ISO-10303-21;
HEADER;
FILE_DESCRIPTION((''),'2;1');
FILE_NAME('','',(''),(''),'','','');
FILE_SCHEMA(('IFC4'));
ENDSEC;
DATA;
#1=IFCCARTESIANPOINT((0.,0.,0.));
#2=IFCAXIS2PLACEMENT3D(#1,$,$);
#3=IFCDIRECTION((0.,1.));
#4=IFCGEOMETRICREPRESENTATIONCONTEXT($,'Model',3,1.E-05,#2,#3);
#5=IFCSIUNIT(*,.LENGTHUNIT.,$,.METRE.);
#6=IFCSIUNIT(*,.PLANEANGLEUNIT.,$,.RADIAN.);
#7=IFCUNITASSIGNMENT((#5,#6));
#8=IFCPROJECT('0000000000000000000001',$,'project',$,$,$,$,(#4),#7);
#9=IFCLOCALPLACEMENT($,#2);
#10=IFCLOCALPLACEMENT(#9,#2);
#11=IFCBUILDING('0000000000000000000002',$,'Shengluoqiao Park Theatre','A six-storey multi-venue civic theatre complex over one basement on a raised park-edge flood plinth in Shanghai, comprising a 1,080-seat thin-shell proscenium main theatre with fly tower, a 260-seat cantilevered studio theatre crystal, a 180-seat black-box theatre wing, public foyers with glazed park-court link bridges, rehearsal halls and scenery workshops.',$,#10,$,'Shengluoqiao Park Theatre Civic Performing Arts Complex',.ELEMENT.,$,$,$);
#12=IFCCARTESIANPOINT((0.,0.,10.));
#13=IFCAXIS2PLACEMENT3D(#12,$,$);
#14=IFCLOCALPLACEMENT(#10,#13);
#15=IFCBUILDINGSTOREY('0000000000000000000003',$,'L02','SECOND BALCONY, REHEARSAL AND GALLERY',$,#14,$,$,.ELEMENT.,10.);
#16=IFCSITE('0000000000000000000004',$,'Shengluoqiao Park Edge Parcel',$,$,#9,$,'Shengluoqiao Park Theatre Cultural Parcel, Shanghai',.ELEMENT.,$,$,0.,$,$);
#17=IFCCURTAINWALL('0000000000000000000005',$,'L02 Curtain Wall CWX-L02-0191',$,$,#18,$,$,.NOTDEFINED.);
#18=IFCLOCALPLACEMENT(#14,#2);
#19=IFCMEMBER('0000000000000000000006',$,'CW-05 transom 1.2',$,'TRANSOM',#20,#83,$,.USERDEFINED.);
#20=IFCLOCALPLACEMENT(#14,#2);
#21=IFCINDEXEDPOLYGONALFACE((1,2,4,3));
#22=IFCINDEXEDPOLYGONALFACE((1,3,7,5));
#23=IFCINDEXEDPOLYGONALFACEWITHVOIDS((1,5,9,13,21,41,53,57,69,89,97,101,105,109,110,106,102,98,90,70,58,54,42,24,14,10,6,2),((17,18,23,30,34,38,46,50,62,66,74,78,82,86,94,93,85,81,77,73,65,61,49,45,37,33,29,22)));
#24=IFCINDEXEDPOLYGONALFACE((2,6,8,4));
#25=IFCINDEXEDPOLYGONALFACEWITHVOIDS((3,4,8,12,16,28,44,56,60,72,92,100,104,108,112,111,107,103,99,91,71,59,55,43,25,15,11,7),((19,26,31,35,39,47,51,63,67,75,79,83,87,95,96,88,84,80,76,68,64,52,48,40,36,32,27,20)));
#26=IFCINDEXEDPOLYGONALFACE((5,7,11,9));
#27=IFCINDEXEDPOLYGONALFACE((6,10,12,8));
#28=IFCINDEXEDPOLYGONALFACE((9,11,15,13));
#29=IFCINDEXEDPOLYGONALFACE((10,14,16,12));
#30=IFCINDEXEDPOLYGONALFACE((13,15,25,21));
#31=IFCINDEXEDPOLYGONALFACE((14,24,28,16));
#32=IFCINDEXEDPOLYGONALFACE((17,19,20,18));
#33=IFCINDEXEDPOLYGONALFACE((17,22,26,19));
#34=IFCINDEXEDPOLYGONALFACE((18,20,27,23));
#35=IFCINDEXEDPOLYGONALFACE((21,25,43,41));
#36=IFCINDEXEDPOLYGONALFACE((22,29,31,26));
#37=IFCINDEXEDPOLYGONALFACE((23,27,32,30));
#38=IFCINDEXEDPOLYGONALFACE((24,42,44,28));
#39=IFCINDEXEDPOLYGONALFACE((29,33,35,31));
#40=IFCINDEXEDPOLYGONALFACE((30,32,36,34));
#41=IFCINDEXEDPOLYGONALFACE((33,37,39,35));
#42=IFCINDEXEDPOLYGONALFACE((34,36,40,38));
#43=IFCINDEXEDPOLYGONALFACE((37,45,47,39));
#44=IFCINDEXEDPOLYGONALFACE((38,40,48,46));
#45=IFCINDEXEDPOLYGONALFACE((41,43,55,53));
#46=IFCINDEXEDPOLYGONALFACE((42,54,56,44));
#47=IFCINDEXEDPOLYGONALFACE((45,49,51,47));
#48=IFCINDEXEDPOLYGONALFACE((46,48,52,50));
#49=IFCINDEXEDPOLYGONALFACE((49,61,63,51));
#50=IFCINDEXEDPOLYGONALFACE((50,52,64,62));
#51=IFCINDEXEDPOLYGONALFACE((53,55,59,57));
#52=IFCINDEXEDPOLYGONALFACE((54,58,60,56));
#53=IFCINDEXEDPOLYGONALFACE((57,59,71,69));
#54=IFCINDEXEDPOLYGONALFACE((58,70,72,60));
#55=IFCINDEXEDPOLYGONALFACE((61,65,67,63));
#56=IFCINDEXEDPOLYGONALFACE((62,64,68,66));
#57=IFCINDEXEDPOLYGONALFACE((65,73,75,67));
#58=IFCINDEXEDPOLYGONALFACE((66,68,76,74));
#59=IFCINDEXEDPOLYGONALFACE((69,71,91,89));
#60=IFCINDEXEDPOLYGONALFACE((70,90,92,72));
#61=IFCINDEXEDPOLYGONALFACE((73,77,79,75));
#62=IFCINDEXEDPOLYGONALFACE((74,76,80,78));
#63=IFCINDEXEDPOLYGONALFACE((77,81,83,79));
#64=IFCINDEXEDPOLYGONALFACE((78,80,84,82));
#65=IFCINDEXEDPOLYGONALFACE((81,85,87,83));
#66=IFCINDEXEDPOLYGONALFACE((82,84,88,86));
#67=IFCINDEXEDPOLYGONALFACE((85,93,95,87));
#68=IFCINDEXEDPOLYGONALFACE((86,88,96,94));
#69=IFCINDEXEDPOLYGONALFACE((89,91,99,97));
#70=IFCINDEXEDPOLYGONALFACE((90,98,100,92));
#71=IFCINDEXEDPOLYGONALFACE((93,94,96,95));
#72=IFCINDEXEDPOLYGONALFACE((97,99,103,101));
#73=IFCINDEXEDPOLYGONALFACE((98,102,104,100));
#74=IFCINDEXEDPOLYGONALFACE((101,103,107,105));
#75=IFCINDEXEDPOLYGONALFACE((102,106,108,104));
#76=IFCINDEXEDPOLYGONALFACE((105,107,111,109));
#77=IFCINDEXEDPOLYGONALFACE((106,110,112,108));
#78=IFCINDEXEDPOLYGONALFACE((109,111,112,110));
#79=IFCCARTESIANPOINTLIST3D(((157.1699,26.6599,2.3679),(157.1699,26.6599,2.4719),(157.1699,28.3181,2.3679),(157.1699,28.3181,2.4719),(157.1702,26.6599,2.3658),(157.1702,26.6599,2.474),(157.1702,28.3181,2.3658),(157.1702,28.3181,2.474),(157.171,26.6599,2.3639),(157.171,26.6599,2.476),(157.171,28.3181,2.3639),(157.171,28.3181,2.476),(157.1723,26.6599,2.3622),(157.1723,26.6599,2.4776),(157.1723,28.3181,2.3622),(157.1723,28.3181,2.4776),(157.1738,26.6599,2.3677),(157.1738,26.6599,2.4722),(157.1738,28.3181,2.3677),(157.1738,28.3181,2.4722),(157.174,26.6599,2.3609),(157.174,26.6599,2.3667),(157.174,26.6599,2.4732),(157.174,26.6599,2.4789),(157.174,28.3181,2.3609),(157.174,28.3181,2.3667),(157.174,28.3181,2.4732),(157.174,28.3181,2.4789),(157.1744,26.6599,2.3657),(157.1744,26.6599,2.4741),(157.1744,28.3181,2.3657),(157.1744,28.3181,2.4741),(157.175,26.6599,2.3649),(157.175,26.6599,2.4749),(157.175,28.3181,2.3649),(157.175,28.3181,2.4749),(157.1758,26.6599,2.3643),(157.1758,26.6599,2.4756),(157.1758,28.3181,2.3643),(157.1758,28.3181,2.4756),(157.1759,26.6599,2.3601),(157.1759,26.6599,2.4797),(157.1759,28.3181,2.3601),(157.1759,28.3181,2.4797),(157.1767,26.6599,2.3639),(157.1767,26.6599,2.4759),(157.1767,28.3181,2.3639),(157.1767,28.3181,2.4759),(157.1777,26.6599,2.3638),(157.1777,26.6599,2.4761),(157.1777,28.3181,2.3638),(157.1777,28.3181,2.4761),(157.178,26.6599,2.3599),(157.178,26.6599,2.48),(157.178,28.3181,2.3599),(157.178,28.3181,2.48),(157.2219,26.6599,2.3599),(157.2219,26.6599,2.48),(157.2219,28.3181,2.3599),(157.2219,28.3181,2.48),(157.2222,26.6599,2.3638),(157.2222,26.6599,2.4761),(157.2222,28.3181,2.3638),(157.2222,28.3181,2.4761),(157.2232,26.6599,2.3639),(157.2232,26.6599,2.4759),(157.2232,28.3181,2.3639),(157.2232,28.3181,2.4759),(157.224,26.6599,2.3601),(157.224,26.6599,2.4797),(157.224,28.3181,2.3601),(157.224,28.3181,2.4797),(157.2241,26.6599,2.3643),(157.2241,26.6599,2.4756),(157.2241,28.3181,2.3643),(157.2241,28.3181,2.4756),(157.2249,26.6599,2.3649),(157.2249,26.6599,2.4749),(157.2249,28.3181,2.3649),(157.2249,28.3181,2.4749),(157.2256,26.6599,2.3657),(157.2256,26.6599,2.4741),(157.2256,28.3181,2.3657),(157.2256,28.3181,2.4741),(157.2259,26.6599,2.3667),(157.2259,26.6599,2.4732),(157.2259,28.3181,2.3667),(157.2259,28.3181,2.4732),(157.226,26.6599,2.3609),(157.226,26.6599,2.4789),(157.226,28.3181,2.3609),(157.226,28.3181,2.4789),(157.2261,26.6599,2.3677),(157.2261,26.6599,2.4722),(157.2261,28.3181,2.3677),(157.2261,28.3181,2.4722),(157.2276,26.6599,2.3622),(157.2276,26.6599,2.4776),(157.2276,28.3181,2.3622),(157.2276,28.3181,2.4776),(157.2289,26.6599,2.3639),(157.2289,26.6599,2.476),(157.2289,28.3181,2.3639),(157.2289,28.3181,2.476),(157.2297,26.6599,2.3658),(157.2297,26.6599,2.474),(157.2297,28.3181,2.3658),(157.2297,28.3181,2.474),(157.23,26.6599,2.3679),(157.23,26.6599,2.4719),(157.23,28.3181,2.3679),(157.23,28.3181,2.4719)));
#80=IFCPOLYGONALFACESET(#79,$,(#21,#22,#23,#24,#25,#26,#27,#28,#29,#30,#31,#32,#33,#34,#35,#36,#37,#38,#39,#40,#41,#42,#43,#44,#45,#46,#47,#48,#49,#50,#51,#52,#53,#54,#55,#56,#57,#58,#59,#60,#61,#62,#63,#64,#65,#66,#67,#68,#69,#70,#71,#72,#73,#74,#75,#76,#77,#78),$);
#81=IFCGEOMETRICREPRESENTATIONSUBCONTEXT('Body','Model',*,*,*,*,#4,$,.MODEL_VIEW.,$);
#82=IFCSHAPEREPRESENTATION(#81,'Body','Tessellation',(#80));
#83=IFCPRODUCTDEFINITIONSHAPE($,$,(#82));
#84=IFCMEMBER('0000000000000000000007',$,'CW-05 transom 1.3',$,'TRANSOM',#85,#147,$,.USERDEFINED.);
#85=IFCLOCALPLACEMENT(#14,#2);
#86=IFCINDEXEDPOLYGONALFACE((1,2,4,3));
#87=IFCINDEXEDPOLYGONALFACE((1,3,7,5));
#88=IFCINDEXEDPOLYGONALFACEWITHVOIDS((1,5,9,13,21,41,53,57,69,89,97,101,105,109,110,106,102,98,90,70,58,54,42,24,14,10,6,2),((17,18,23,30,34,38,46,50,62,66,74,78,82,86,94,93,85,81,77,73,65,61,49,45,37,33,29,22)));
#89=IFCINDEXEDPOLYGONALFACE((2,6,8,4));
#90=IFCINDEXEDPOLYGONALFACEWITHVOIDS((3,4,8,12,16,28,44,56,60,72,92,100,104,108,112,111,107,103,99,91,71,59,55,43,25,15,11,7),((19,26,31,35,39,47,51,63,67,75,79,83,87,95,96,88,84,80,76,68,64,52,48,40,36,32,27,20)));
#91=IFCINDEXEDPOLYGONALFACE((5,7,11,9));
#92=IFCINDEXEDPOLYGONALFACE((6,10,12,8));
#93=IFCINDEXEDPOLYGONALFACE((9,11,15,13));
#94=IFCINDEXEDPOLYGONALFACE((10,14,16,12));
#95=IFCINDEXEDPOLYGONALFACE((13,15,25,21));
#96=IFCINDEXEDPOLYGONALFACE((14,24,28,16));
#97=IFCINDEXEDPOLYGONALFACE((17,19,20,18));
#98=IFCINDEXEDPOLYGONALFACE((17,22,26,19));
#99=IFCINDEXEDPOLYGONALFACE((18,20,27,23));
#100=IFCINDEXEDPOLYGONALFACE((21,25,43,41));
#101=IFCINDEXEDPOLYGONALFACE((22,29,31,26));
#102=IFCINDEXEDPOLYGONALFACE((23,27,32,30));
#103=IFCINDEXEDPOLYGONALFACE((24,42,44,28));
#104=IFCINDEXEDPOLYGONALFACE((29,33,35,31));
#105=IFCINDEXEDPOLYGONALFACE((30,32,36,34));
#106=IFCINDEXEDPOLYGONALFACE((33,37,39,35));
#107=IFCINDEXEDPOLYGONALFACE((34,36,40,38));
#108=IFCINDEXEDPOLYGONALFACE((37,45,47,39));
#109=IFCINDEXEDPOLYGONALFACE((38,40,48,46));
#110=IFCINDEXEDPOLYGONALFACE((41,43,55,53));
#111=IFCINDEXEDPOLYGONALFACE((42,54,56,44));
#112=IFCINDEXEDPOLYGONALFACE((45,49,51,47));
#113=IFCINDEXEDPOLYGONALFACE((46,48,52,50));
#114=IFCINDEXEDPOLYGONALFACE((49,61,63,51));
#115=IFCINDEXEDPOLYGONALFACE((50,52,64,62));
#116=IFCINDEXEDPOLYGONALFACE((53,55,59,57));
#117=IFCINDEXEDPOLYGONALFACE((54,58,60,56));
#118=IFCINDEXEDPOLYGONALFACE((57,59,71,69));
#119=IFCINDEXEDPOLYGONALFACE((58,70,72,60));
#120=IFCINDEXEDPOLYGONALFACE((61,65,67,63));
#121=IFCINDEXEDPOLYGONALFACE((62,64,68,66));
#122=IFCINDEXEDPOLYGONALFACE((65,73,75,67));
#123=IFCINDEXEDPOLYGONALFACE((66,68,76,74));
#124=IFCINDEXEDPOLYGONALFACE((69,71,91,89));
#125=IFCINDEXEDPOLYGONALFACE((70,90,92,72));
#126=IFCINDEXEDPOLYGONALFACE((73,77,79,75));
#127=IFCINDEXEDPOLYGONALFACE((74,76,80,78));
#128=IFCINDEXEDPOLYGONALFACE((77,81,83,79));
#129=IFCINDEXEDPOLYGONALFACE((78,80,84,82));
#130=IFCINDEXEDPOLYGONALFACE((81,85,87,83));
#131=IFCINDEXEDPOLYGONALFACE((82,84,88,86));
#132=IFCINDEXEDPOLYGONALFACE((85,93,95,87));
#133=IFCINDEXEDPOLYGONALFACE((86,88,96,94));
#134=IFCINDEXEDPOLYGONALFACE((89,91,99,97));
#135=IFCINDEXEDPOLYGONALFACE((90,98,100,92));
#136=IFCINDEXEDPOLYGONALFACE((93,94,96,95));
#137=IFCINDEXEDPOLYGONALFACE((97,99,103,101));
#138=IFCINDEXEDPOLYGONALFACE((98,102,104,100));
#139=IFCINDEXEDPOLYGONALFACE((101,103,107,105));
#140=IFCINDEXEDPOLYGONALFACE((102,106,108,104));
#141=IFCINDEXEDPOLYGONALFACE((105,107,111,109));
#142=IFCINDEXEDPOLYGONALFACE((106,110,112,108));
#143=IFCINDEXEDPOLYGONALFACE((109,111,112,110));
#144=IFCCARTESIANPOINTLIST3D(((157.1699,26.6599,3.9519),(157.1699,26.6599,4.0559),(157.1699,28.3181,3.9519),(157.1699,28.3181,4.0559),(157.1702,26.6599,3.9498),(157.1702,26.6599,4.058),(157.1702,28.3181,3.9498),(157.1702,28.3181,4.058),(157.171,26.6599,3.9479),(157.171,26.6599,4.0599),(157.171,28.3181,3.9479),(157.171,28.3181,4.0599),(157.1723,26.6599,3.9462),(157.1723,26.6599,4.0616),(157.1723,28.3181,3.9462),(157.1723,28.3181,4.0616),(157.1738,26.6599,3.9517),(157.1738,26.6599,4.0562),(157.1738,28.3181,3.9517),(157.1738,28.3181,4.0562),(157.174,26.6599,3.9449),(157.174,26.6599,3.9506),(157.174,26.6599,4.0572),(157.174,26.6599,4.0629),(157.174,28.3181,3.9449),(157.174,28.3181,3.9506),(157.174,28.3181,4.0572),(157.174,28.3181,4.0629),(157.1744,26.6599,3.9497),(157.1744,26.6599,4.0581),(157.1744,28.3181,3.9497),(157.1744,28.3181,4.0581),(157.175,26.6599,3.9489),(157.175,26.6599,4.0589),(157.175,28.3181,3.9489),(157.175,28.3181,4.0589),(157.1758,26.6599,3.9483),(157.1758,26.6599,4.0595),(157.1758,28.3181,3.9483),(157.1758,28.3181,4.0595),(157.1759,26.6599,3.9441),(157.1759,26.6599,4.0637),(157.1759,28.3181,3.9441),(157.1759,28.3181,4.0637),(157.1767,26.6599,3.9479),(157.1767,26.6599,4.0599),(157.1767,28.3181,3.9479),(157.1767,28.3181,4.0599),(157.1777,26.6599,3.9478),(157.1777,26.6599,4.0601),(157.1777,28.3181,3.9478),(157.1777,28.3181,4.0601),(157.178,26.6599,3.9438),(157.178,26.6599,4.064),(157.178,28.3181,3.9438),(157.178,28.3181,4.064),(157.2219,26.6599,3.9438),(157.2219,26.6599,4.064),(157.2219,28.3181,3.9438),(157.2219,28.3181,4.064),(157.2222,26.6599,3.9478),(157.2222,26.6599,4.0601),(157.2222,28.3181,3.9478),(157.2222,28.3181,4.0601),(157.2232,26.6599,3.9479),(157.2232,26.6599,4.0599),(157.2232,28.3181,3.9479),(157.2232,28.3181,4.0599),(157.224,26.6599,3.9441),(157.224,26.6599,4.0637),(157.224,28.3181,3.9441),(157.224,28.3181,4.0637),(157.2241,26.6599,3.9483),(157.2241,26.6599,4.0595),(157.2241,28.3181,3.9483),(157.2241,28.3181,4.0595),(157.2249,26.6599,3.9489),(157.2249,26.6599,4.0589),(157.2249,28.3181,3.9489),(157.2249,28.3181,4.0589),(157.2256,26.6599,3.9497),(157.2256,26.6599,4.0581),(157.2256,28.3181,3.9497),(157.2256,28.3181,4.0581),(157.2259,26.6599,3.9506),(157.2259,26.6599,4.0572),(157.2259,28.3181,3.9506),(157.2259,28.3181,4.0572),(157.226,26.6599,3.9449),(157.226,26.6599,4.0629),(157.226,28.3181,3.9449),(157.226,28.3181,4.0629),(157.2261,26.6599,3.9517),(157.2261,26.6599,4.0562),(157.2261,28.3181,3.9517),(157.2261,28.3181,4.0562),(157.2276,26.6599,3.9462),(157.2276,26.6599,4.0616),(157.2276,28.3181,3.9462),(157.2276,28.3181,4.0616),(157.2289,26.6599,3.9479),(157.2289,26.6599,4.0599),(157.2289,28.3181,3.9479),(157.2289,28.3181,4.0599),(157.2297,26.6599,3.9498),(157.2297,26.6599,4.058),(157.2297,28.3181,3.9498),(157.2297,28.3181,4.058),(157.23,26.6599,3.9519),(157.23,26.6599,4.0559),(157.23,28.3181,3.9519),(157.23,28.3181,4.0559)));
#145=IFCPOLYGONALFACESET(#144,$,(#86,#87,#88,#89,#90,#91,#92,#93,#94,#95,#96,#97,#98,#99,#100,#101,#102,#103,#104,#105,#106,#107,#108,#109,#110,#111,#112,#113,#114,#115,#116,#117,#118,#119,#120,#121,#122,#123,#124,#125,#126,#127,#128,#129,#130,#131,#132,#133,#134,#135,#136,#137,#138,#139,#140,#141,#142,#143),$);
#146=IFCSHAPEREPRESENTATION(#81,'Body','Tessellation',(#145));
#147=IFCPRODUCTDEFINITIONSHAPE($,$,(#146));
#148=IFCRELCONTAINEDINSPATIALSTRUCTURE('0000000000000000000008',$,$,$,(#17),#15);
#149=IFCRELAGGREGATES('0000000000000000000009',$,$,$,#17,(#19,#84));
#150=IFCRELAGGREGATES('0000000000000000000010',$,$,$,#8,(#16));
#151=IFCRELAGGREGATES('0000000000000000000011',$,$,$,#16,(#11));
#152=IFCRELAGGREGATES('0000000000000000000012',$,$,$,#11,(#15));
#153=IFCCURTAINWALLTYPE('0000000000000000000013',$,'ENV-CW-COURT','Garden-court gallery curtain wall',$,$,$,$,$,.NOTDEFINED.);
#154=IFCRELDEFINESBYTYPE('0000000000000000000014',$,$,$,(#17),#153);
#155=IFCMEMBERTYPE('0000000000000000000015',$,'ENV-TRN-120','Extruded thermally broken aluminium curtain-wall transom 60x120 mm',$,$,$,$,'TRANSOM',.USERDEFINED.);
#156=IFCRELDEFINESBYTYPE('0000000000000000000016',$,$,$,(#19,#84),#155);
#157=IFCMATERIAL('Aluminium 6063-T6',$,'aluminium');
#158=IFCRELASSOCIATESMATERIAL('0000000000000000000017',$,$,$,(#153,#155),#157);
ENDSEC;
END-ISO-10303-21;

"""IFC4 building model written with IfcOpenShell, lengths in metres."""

from ifc_helpers import new_model, si_unit, direction, frame, origin, origin_2d, place, context, subcontext, project, spatial, hollow_rectangle, extrude, material, material_profile, profile_set, type_object, element, aggregate, save


model = new_model("IFC4")

# Units and contexts
model_context = context("Model", 3, precision=1e-05, world=origin(), true_north=direction((0.0, 1.0)))
body_context = subcontext(model_context, "Body", "Model", "MODEL_VIEW")
ifc_project = project(units=[si_unit("LENGTHUNIT", "METRE"), si_unit("PLANEANGLEUNIT", "RADIAN")], contexts=[model_context])

# Site, building, storey
site_placement = place(None, origin())
site = spatial("IfcSite", under=ifc_project, at=site_placement, Name="Shengluoqiao Park Edge Parcel", LongName="Shengluoqiao Park Theatre Cultural Parcel, Shanghai", CompositionType="ELEMENT", RefElevation=0.0)
building_placement = place(site_placement, origin())
building = spatial("IfcBuilding", under=site, at=building_placement, Name="Shengluoqiao Park Theatre", Description="A six-storey multi-venue civic theatre complex over one basement on a raised park-edge flood plinth in Shanghai, comprising a 1,080-seat thin-shell proscenium main theatre with fly tower, a 260-seat cantilevered studio theatre crystal, a 180-seat black-box theatre wing, public foyers with glazed park-court link bridges, rehearsal halls and scenery workshops.", LongName="Shengluoqiao Park Theatre Civic Performing Arts Complex", CompositionType="ELEMENT")
storey_placement = place(building_placement, frame((0.0, 0.0, 10.0)))
storey = spatial("IfcBuildingStorey", under=building, at=storey_placement, Name="L02", Description="SECOND BALCONY, REHEARSAL AND GALLERY", CompositionType="ELEMENT", Elevation=10.0)

# Curtain wall
ifc_material_1 = material(Name="Aluminium 6063-T6", Category="aluminium")
curtain_wall_type = type_object("IfcCurtainWallType", Name="ENV-CW-COURT", Description="Garden-court gallery curtain wall", PredefinedType="NOTDEFINED", material=ifc_material_1)
curtain_wall_1_placement = place(storey_placement, origin())
curtain_wall_1 = element("IfcCurtainWall", 1, at=curtain_wall_1_placement, inside=storey, type_object=curtain_wall_type, Name="L02 Curtain Wall CWX-L02-0191", PredefinedType="NOTDEFINED")

# Members
ifc_material_profile_1 = material_profile(ifc_material_1, hollow_rectangle(XDim=0.0601, YDim=0.1201, WallThickness=0.0039, InnerFilletRadius=0.0039, OuterFilletRadius=0.0081, at=origin_2d()), Name="ALU TRANSOM 120x60x4")
ifc_profile_set_1 = profile_set([ifc_material_profile_1], Name="Aluminium 6063-T6")
member_type_1 = type_object("IfcMemberType", Name="ENV-TRN-120", Description="Extruded thermally broken aluminium curtain-wall transom 60x120 mm", ElementType="TRANSOM", PredefinedType="USERDEFINED", material=ifc_profile_set_1)
member_1_placement = place(storey_placement, frame((157.2, 26.6599, 2.4199), z_axis=(0.0, 1.0, 0.0), x_axis=(-1.0, 0.0, 0.0)))
member_1 = element("IfcMember", 2, at=member_1_placement, type_object=member_type_1, Name="CW-05 transom 1.2", ObjectType="TRANSOM", PredefinedType="USERDEFINED", context=body_context, shape_type="SweptSolid", body=[
    extrude(hollow_rectangle(XDim=0.0601, YDim=0.1201, WallThickness=0.0039, InnerFilletRadius=0.0039, OuterFilletRadius=0.0081, at=origin_2d()), origin(), (0.0, 0.0, 1.0), 1.6582),
])
member_2_placement = place(storey_placement, frame((157.2, 26.6599, 4.0039), z_axis=(0.0, 1.0, 0.0), x_axis=(-1.0, 0.0, 0.0)))
member_2 = element("IfcMember", 3, at=member_2_placement, type_object=member_type_1, Name="CW-05 transom 1.3", ObjectType="TRANSOM", PredefinedType="USERDEFINED", context=body_context, shape_type="SweptSolid", body=[
    extrude(hollow_rectangle(XDim=0.0601, YDim=0.1201, WallThickness=0.0039, InnerFilletRadius=0.0039, OuterFilletRadius=0.0081, at=origin_2d()), origin(), (0.0, 0.0, 1.0), 1.6582),
])

aggregate(curtain_wall_1, [member_1, member_2])

save(model, "model.ifc")
